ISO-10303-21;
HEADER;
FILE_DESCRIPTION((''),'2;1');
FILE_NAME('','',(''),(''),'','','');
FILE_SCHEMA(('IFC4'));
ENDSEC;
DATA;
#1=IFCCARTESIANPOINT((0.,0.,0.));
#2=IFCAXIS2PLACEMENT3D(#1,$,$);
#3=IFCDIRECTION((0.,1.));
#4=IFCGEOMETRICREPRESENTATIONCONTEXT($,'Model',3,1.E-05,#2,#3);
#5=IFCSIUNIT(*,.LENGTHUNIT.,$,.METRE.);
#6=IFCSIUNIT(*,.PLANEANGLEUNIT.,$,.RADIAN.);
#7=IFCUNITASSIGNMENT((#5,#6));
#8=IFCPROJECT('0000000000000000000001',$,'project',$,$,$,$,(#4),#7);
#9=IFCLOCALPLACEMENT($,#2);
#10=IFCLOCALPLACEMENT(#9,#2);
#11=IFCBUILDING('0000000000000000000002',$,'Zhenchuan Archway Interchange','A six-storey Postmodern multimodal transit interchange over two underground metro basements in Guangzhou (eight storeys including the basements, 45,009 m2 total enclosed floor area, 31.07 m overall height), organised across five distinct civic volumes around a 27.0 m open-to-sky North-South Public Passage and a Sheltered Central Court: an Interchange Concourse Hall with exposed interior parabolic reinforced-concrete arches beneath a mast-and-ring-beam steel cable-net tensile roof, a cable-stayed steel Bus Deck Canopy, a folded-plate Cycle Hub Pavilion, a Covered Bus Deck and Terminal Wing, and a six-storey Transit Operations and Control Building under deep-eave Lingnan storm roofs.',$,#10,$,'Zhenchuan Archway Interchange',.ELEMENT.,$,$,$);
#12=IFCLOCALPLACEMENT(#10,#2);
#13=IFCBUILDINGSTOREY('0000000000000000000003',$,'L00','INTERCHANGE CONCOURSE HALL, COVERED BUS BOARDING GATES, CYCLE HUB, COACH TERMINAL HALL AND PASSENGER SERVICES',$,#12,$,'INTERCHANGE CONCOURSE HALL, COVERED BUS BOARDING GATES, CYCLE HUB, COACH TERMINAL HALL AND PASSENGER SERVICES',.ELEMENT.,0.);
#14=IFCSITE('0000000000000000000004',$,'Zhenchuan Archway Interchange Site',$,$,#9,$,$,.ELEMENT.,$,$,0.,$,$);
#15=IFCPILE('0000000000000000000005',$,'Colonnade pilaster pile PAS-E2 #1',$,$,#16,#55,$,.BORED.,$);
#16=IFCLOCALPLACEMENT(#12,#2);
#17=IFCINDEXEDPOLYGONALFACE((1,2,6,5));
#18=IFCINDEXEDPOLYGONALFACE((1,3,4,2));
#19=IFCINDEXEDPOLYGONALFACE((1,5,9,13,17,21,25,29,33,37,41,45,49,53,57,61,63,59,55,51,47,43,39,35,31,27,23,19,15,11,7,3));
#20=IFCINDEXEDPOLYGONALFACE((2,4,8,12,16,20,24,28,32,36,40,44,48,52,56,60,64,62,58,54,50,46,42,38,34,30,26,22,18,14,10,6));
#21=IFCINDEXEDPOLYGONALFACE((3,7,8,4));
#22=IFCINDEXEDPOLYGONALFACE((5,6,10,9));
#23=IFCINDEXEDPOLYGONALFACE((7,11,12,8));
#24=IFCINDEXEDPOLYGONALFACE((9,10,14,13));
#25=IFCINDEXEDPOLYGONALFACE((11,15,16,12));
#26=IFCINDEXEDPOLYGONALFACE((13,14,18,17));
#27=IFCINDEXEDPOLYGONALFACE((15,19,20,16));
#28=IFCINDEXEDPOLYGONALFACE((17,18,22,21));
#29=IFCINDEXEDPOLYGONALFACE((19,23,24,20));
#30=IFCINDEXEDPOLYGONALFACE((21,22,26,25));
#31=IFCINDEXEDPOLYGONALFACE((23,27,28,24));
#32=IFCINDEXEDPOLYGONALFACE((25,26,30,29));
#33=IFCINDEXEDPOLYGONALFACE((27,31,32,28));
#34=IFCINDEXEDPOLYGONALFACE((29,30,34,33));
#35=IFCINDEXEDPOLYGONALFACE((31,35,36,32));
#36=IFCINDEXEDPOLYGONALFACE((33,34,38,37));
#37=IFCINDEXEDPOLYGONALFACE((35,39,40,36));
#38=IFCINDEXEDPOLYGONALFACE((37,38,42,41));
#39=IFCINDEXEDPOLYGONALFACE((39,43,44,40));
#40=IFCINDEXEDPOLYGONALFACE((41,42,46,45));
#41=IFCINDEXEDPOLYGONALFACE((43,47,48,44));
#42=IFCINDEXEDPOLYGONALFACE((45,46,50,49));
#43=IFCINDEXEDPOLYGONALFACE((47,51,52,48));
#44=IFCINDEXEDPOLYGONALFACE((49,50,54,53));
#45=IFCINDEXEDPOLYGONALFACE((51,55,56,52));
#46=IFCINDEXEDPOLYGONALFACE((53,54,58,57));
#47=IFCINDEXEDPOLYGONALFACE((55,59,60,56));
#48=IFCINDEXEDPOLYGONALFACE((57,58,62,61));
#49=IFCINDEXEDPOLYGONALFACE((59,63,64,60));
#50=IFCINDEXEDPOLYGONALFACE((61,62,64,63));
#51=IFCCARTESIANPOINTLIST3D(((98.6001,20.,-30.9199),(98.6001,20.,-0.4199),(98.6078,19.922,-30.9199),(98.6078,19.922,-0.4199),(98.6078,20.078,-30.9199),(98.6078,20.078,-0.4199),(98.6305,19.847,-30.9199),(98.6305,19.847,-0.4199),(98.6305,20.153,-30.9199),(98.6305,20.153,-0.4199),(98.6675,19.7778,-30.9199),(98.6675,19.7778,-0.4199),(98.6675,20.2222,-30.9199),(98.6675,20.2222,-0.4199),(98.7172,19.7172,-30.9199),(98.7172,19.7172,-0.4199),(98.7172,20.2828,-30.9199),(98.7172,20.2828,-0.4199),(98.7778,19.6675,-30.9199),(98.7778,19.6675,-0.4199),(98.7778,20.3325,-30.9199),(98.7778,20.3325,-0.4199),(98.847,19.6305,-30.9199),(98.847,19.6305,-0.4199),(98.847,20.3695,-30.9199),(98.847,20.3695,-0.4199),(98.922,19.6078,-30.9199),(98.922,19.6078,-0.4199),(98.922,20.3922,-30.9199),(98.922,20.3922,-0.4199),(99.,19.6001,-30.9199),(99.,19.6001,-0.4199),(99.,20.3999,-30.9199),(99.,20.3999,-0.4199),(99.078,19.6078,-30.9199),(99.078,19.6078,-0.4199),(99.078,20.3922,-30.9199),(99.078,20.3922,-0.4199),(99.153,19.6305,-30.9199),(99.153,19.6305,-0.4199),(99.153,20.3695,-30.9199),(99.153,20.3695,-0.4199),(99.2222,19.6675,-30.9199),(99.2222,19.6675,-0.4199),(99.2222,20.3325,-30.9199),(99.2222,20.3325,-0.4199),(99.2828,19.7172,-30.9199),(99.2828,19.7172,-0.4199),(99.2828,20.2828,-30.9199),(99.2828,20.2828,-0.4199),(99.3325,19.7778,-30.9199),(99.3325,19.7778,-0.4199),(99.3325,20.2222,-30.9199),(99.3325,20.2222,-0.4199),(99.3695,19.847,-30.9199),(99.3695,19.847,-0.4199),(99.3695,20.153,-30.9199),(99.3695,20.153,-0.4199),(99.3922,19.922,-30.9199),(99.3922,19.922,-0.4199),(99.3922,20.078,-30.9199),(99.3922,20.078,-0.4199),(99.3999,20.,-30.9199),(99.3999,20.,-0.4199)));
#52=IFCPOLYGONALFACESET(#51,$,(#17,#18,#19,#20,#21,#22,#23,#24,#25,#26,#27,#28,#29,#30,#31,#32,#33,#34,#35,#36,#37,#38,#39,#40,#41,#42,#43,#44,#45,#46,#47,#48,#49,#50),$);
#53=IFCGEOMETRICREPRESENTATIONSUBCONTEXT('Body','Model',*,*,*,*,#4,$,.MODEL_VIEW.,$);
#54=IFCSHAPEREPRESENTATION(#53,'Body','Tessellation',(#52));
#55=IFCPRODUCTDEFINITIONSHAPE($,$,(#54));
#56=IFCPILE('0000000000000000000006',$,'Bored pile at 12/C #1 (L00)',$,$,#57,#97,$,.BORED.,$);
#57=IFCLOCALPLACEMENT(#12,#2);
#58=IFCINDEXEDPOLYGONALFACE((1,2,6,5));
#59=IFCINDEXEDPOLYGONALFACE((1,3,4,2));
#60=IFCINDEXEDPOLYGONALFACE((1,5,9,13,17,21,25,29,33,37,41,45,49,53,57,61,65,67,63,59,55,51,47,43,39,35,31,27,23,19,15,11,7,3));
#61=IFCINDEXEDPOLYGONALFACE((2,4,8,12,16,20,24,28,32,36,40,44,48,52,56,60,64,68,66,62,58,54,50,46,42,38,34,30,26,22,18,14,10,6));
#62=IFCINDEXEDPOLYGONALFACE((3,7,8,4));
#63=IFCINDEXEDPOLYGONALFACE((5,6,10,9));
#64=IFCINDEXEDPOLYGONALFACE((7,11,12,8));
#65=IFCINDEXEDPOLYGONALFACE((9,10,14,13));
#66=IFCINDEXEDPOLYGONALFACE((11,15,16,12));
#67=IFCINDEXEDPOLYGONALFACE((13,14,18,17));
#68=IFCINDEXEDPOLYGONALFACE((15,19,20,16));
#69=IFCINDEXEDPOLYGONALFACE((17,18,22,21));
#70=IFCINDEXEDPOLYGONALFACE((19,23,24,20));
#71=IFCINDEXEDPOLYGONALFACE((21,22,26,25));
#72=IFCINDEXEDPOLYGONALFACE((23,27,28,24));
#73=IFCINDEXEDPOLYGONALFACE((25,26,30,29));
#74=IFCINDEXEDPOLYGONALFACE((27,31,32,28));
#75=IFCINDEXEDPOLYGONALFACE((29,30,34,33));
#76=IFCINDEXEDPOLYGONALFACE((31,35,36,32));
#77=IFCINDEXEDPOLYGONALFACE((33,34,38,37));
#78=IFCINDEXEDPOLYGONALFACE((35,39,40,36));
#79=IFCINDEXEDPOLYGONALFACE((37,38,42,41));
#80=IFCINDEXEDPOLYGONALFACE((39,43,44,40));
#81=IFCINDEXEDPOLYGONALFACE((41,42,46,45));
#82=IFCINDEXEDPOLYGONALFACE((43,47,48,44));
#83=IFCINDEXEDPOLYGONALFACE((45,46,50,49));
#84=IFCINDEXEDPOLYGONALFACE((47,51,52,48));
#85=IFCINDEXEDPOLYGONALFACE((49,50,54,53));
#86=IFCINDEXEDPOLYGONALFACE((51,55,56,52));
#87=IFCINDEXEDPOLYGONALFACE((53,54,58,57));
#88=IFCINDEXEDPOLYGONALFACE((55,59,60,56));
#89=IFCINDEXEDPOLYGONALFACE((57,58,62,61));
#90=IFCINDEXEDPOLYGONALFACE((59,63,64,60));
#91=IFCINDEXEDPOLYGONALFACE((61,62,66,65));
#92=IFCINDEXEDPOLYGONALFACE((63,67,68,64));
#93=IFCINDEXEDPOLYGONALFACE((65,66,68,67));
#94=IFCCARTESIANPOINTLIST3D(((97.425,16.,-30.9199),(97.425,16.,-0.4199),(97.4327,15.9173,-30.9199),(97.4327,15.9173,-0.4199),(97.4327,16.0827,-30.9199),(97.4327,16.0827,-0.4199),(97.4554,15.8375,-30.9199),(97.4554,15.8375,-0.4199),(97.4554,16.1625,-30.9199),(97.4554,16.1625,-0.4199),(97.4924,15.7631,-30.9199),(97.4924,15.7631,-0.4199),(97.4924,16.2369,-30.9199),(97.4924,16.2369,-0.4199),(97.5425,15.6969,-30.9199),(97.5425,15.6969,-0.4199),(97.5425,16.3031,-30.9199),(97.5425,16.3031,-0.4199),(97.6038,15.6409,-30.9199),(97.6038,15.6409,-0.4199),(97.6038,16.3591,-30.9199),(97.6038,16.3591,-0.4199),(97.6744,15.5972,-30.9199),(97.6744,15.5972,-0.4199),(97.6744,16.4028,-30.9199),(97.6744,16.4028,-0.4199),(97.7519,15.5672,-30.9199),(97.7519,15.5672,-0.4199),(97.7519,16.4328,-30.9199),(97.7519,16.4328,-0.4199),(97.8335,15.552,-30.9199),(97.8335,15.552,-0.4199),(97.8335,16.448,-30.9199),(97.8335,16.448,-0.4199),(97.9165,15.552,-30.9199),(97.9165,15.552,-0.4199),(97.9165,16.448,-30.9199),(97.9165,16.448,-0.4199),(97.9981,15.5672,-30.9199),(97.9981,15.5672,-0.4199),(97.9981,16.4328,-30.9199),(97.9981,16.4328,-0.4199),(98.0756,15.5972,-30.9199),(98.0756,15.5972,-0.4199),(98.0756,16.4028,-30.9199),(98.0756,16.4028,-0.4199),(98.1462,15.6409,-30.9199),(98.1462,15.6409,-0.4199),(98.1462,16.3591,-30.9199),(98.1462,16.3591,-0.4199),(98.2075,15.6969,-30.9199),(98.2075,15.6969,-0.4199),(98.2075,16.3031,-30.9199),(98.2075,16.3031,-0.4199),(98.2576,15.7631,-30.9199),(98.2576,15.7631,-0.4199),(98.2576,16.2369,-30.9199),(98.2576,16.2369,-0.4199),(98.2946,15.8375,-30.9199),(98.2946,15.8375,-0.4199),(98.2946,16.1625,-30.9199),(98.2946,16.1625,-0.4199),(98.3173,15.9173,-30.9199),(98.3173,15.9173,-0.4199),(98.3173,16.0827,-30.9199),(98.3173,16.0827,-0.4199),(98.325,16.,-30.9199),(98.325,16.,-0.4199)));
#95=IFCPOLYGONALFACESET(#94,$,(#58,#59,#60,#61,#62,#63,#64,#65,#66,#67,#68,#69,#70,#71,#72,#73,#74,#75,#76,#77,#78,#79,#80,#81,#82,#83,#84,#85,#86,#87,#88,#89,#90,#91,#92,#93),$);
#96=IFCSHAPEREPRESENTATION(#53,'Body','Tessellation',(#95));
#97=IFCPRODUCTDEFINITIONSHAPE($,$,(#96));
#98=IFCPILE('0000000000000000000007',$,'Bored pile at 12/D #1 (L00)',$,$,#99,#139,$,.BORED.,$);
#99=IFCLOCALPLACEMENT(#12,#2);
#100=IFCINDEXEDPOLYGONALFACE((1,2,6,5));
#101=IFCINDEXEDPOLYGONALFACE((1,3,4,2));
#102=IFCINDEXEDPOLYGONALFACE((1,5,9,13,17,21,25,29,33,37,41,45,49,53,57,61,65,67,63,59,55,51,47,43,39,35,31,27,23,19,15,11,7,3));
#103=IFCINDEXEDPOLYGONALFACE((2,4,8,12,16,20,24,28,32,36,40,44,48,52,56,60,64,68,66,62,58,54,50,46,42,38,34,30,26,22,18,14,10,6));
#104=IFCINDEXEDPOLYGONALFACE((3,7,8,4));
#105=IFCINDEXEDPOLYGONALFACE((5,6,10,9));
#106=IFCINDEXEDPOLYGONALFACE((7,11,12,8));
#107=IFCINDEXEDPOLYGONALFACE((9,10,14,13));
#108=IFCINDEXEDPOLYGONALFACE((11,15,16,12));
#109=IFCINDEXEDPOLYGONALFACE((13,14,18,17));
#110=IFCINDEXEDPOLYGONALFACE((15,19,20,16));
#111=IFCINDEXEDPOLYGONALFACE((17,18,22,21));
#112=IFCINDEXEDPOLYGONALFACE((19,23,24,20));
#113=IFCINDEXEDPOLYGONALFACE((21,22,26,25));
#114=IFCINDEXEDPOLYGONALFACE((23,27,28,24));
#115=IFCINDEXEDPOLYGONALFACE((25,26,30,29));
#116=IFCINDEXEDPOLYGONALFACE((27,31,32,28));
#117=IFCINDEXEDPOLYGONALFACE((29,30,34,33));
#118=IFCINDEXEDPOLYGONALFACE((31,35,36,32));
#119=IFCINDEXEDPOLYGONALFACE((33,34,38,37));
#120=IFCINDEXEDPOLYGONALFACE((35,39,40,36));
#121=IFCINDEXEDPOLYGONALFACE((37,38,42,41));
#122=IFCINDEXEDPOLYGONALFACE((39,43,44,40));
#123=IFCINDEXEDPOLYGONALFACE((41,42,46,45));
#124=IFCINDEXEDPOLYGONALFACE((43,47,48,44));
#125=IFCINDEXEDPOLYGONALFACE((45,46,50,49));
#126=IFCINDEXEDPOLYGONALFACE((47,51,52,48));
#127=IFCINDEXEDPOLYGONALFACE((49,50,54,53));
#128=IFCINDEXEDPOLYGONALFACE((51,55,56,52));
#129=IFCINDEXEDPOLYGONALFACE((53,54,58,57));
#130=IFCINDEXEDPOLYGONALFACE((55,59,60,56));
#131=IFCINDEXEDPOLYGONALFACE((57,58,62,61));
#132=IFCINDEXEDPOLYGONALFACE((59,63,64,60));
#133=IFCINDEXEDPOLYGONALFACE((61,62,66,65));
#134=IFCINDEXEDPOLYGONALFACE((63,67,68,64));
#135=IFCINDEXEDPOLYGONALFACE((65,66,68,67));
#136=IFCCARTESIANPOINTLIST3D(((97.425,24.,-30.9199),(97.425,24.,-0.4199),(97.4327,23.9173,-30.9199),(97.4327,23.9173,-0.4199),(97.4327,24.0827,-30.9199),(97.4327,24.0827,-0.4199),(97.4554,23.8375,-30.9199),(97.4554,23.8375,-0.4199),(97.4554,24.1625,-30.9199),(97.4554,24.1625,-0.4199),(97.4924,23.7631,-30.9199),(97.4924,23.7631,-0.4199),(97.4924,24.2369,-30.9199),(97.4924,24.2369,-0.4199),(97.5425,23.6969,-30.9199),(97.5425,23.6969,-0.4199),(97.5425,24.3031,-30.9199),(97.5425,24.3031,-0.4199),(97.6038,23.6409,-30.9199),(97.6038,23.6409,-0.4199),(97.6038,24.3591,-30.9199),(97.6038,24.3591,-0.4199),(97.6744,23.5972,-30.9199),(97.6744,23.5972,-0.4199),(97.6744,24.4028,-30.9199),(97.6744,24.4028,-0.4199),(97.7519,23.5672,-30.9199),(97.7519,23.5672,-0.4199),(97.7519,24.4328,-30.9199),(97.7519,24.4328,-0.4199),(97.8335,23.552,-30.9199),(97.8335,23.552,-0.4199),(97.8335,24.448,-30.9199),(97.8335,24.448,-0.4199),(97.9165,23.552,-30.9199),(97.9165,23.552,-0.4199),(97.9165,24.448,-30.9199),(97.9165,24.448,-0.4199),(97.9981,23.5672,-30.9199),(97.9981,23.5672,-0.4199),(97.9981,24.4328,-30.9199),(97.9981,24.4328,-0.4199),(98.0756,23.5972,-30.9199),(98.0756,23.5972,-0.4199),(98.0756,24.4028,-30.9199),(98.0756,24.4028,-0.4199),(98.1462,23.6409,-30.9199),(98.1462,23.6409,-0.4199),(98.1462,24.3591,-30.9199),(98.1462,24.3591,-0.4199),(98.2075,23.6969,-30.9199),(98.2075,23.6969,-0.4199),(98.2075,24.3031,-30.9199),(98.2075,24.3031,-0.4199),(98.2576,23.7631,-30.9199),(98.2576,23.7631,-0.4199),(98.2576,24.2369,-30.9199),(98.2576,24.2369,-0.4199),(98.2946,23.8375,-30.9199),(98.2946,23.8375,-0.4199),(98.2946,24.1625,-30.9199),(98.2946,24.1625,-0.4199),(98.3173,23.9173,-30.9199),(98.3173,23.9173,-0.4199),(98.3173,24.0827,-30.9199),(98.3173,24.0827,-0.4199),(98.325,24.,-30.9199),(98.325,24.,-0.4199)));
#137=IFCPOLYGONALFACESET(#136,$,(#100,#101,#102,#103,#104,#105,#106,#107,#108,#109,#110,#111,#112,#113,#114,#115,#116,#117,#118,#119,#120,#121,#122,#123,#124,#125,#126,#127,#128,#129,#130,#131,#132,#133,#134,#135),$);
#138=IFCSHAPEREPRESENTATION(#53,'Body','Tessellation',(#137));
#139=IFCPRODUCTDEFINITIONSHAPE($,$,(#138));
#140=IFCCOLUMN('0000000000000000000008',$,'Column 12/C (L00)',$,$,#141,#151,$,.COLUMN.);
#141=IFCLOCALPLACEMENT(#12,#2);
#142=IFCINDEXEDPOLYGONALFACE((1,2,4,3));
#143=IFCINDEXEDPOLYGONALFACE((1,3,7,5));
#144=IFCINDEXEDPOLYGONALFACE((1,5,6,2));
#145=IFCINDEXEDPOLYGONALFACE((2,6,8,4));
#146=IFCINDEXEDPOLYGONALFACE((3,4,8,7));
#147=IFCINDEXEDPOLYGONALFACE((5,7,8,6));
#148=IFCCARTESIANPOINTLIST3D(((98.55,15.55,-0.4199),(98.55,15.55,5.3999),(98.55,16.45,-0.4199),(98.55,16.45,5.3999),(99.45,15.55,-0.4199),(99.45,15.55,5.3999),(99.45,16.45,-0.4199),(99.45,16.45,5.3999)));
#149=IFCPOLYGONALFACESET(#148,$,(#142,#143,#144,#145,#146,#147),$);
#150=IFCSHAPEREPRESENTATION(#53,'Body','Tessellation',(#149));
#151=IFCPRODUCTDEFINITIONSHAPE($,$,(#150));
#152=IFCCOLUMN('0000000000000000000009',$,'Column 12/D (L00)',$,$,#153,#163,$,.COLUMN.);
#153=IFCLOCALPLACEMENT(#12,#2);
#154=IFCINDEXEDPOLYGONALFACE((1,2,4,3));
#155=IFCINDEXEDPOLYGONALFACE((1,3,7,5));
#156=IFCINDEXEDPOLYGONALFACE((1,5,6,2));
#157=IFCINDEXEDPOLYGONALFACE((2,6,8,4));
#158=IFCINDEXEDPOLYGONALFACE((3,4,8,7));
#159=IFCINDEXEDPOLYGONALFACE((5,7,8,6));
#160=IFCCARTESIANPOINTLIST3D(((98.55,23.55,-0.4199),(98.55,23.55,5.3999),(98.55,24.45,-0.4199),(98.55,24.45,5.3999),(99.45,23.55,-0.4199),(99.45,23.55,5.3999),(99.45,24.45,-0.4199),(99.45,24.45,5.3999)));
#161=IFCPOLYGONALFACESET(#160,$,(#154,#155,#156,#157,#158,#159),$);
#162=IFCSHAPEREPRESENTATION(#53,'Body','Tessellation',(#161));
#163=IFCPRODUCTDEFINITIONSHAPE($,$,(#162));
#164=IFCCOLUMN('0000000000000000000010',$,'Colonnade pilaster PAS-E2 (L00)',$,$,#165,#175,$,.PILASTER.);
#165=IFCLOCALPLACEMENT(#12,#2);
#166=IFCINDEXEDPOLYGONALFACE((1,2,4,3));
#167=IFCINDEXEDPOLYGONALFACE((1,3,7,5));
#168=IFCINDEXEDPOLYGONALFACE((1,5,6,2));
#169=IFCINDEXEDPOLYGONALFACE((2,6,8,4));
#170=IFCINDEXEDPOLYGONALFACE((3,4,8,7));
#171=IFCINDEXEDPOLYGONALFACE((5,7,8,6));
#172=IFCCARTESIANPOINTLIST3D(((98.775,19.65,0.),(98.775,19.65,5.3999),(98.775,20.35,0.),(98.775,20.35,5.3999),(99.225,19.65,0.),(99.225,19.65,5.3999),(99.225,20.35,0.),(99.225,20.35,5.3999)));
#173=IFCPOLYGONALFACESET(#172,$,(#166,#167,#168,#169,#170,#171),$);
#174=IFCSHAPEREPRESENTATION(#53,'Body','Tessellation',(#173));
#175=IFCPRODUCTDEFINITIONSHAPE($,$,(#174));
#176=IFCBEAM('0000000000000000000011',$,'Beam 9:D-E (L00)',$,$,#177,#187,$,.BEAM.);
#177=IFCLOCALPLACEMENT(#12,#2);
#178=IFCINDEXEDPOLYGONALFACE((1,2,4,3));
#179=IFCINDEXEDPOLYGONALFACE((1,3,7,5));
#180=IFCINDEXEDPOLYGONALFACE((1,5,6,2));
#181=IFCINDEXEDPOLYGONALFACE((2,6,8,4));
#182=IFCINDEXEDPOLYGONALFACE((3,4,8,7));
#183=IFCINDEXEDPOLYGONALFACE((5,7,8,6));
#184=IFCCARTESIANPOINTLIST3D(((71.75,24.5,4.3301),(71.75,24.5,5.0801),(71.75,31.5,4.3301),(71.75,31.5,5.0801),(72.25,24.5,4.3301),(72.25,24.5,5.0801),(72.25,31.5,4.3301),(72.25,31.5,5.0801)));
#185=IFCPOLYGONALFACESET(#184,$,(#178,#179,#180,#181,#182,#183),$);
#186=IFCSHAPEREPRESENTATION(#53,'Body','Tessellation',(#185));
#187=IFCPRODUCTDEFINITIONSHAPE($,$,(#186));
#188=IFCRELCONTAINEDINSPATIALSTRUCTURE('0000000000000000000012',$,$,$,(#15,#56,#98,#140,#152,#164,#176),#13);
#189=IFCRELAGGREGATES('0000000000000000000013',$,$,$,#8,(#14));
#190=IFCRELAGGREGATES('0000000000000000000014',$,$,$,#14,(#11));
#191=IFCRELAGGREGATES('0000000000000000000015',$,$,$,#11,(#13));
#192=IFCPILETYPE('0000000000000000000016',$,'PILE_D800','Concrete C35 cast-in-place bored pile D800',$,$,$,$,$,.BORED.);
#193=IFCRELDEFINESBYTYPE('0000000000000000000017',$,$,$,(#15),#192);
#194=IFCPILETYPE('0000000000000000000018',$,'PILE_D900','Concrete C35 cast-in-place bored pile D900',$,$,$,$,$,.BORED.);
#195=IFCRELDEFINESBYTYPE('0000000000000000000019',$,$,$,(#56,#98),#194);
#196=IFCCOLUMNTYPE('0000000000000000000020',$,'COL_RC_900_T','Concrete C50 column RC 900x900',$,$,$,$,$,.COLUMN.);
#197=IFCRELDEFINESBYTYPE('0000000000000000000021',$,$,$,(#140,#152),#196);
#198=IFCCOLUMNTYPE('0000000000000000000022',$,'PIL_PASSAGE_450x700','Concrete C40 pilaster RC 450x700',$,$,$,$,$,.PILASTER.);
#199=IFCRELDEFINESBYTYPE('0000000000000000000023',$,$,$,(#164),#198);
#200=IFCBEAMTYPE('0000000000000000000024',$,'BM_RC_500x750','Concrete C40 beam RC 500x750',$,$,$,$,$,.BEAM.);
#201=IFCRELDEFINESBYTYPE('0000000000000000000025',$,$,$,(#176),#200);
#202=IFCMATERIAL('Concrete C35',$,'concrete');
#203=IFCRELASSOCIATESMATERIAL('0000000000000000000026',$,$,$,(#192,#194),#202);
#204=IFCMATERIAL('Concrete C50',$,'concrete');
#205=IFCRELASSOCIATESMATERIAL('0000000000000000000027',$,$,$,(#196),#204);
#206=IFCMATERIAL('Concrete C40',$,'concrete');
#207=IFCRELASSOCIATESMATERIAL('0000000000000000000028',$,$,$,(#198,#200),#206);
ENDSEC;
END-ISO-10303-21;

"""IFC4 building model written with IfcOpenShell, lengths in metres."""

from ifc_helpers import new_model, si_unit, direction, frame, origin, origin_2d, place, context, subcontext, project, spatial, rectangle, circle, extrude, material, material_profile, profile_set, type_object, element, save


model = new_model("IFC4")

# Units and contexts
model_context = context("Model", 3, precision=1e-05, world=origin(), true_north=direction((0.0, 1.0)))
body_context = subcontext(model_context, "Body", "Model", "MODEL_VIEW")
ifc_project = project(units=[si_unit("LENGTHUNIT", "METRE"), si_unit("PLANEANGLEUNIT", "RADIAN")], contexts=[model_context])

# Site, building, storey
site_placement = place(None, origin())
site = spatial("IfcSite", under=ifc_project, at=site_placement, Name="Zhenchuan Archway Interchange Site", CompositionType="ELEMENT", RefElevation=0.0)
building_placement = place(site_placement, origin())
building = spatial("IfcBuilding", under=site, at=building_placement, Name="Zhenchuan Archway Interchange", Description="A six-storey Postmodern multimodal transit interchange over two underground metro basements in Guangzhou (eight storeys including the basements, 45,009 m2 total enclosed floor area, 31.07 m overall height), organised across five distinct civic volumes around a 27.0 m open-to-sky North-South Public Passage and a Sheltered Central Court: an Interchange Concourse Hall with exposed interior parabolic reinforced-concrete arches beneath a mast-and-ring-beam steel cable-net tensile roof, a cable-stayed steel Bus Deck Canopy, a folded-plate Cycle Hub Pavilion, a Covered Bus Deck and Terminal Wing, and a six-storey Transit Operations and Control Building under deep-eave Lingnan storm roofs.", LongName="Zhenchuan Archway Interchange", CompositionType="ELEMENT")
storey_placement = place(building_placement, origin())
storey = spatial("IfcBuildingStorey", under=building, at=storey_placement, Name="L00", Description="INTERCHANGE CONCOURSE HALL, COVERED BUS BOARDING GATES, CYCLE HUB, COACH TERMINAL HALL AND PASSENGER SERVICES", LongName="INTERCHANGE CONCOURSE HALL, COVERED BUS BOARDING GATES, CYCLE HUB, COACH TERMINAL HALL AND PASSENGER SERVICES", CompositionType="ELEMENT", Elevation=0.0)

# Shared definitions
ifc_material_1 = material(Name="Concrete C40", Category="concrete")

# Piles
ifc_material_2 = material(Name="Concrete C35", Category="concrete")
ifc_material_profile_1 = material_profile(ifc_material_2, circle(Radius=0.3999, at=origin_2d()), Name="BORED PILE 800")
ifc_profile_set_1 = profile_set([ifc_material_profile_1], Name="Concrete C35")
pile_type_1 = type_object("IfcPileType", Name="PILE_D800", Description="Concrete C35 cast-in-place bored pile D800", PredefinedType="BORED", material=ifc_profile_set_1)
for number, where, z_axis, x_axis, name in (
    (1, (99.0, 20.0, -0.4199), (0.0, 0.0, -1.0), (1.0, 0.0, 0.0), "Colonnade pilaster pile PAS-E2 #1"),
):
    element("IfcPile", number, at=place(storey_placement, frame(where, z_axis=z_axis, x_axis=x_axis)), inside=storey, type_object=pile_type_1, Name=name, PredefinedType="BORED", context=body_context, shape_type="SweptSolid", body=[
        extrude(circle(Radius=0.3999, at=origin_2d()), origin(), (0.0, 0.0, 1.0), 30.5),
    ])
ifc_material_profile_2 = material_profile(ifc_material_2, circle(Radius=0.45, at=origin_2d()), Name="BORED PILE 900")
ifc_profile_set_2 = profile_set([ifc_material_profile_2], Name="Concrete C35")
pile_type_2 = type_object("IfcPileType", Name="PILE_D900", Description="Concrete C35 cast-in-place bored pile D900", PredefinedType="BORED", material=ifc_profile_set_2)
for number, where, z_axis, x_axis, name in (
    (2, (97.875, 16.0, -0.4199), (0.0, 0.0, -1.0), (1.0, 0.0, 0.0), "Bored pile at 12/C #1 (L00)"),
    (3, (97.875, 24.0, -0.4199), (0.0, 0.0, -1.0), (1.0, 0.0, 0.0), "Bored pile at 12/D #1 (L00)"),
):
    element("IfcPile", number, at=place(storey_placement, frame(where, z_axis=z_axis, x_axis=x_axis)), inside=storey, type_object=pile_type_2, Name=name, PredefinedType="BORED", context=body_context, shape_type="SweptSolid", body=[
        extrude(circle(Radius=0.45, at=origin_2d()), origin(), (0.0, 0.0, 1.0), 30.5),
    ])

# Columns
ifc_material_3 = material(Name="Concrete C50", Category="concrete")
ifc_material_profile_3 = material_profile(ifc_material_3, rectangle(XDim=0.8999, YDim=0.8999, at=origin_2d()), Name="RC 900x900")
ifc_profile_set_3 = profile_set([ifc_material_profile_3], Name="Concrete C50")
column_type_1 = type_object("IfcColumnType", Name="COL_RC_900_T", Description="Concrete C50 column RC 900x900", PredefinedType="COLUMN", material=ifc_profile_set_3)
for number, where, z_axis, x_axis, name in (
    (4, (99.0, 16.0, -0.4199), (0.0, 0.0, 1.0), (1.0, 0.0, 0.0), "Column 12/C (L00)"),
    (5, (99.0, 24.0, -0.4199), (0.0, 0.0, 1.0), (1.0, 0.0, 0.0), "Column 12/D (L00)"),
):
    element("IfcColumn", number, at=place(storey_placement, frame(where, z_axis=z_axis, x_axis=x_axis)), inside=storey, type_object=column_type_1, Name=name, PredefinedType="COLUMN", context=body_context, shape_type="SweptSolid", body=[
        extrude(rectangle(XDim=0.8999, YDim=0.8999, at=origin_2d()), origin(), (0.0, 0.0, 1.0), 5.8198),
    ])
ifc_material_profile_4 = material_profile(ifc_material_1, rectangle(XDim=0.45, YDim=0.7, at=origin_2d()), Name="RC 450x700")
ifc_profile_set_4 = profile_set([ifc_material_profile_4], Name="Concrete C40")
column_type_2 = type_object("IfcColumnType", Name="PIL_PASSAGE_450x700", Description="Concrete C40 pilaster RC 450x700", PredefinedType="PILASTER", material=ifc_profile_set_4)
column_placement = place(storey_placement, frame((99.0, 20.0, 0.0), z_axis=(0.0, 0.0, 1.0), x_axis=(1.0, 0.0, 0.0)))
element("IfcColumn", 6, at=column_placement, inside=storey, type_object=column_type_2, Name="Colonnade pilaster PAS-E2 (L00)", PredefinedType="PILASTER", context=body_context, shape_type="SweptSolid", body=[
    extrude(rectangle(XDim=0.45, YDim=0.7, at=origin_2d()), origin(), (0.0, 0.0, 1.0), 5.3999),
])

# Beam
ifc_material_profile_5 = material_profile(ifc_material_1, rectangle(XDim=0.5, YDim=0.75, at=origin_2d()), Name="RC 500x750")
ifc_profile_set_5 = profile_set([ifc_material_profile_5], Name="Concrete C40")
beam_type_1 = type_object("IfcBeamType", Name="BM_RC_500x750", Description="Concrete C40 beam RC 500x750", PredefinedType="BEAM", material=ifc_profile_set_5)
beam_placement = place(storey_placement, frame((72.0, 24.5, 4.7051), z_axis=(0.0, 1.0, 0.0), x_axis=(-1.0, 0.0, 0.0)))
element("IfcBeam", 7, at=beam_placement, inside=storey, type_object=beam_type_1, Name="Beam 9:D-E (L00)", PredefinedType="BEAM", context=body_context, shape_type="SweptSolid", body=[
    extrude(rectangle(XDim=0.5, YDim=0.75, at=origin_2d()), origin(), (0.0, 0.0, 1.0), 7.0),
])

save(model, "model.ifc")
